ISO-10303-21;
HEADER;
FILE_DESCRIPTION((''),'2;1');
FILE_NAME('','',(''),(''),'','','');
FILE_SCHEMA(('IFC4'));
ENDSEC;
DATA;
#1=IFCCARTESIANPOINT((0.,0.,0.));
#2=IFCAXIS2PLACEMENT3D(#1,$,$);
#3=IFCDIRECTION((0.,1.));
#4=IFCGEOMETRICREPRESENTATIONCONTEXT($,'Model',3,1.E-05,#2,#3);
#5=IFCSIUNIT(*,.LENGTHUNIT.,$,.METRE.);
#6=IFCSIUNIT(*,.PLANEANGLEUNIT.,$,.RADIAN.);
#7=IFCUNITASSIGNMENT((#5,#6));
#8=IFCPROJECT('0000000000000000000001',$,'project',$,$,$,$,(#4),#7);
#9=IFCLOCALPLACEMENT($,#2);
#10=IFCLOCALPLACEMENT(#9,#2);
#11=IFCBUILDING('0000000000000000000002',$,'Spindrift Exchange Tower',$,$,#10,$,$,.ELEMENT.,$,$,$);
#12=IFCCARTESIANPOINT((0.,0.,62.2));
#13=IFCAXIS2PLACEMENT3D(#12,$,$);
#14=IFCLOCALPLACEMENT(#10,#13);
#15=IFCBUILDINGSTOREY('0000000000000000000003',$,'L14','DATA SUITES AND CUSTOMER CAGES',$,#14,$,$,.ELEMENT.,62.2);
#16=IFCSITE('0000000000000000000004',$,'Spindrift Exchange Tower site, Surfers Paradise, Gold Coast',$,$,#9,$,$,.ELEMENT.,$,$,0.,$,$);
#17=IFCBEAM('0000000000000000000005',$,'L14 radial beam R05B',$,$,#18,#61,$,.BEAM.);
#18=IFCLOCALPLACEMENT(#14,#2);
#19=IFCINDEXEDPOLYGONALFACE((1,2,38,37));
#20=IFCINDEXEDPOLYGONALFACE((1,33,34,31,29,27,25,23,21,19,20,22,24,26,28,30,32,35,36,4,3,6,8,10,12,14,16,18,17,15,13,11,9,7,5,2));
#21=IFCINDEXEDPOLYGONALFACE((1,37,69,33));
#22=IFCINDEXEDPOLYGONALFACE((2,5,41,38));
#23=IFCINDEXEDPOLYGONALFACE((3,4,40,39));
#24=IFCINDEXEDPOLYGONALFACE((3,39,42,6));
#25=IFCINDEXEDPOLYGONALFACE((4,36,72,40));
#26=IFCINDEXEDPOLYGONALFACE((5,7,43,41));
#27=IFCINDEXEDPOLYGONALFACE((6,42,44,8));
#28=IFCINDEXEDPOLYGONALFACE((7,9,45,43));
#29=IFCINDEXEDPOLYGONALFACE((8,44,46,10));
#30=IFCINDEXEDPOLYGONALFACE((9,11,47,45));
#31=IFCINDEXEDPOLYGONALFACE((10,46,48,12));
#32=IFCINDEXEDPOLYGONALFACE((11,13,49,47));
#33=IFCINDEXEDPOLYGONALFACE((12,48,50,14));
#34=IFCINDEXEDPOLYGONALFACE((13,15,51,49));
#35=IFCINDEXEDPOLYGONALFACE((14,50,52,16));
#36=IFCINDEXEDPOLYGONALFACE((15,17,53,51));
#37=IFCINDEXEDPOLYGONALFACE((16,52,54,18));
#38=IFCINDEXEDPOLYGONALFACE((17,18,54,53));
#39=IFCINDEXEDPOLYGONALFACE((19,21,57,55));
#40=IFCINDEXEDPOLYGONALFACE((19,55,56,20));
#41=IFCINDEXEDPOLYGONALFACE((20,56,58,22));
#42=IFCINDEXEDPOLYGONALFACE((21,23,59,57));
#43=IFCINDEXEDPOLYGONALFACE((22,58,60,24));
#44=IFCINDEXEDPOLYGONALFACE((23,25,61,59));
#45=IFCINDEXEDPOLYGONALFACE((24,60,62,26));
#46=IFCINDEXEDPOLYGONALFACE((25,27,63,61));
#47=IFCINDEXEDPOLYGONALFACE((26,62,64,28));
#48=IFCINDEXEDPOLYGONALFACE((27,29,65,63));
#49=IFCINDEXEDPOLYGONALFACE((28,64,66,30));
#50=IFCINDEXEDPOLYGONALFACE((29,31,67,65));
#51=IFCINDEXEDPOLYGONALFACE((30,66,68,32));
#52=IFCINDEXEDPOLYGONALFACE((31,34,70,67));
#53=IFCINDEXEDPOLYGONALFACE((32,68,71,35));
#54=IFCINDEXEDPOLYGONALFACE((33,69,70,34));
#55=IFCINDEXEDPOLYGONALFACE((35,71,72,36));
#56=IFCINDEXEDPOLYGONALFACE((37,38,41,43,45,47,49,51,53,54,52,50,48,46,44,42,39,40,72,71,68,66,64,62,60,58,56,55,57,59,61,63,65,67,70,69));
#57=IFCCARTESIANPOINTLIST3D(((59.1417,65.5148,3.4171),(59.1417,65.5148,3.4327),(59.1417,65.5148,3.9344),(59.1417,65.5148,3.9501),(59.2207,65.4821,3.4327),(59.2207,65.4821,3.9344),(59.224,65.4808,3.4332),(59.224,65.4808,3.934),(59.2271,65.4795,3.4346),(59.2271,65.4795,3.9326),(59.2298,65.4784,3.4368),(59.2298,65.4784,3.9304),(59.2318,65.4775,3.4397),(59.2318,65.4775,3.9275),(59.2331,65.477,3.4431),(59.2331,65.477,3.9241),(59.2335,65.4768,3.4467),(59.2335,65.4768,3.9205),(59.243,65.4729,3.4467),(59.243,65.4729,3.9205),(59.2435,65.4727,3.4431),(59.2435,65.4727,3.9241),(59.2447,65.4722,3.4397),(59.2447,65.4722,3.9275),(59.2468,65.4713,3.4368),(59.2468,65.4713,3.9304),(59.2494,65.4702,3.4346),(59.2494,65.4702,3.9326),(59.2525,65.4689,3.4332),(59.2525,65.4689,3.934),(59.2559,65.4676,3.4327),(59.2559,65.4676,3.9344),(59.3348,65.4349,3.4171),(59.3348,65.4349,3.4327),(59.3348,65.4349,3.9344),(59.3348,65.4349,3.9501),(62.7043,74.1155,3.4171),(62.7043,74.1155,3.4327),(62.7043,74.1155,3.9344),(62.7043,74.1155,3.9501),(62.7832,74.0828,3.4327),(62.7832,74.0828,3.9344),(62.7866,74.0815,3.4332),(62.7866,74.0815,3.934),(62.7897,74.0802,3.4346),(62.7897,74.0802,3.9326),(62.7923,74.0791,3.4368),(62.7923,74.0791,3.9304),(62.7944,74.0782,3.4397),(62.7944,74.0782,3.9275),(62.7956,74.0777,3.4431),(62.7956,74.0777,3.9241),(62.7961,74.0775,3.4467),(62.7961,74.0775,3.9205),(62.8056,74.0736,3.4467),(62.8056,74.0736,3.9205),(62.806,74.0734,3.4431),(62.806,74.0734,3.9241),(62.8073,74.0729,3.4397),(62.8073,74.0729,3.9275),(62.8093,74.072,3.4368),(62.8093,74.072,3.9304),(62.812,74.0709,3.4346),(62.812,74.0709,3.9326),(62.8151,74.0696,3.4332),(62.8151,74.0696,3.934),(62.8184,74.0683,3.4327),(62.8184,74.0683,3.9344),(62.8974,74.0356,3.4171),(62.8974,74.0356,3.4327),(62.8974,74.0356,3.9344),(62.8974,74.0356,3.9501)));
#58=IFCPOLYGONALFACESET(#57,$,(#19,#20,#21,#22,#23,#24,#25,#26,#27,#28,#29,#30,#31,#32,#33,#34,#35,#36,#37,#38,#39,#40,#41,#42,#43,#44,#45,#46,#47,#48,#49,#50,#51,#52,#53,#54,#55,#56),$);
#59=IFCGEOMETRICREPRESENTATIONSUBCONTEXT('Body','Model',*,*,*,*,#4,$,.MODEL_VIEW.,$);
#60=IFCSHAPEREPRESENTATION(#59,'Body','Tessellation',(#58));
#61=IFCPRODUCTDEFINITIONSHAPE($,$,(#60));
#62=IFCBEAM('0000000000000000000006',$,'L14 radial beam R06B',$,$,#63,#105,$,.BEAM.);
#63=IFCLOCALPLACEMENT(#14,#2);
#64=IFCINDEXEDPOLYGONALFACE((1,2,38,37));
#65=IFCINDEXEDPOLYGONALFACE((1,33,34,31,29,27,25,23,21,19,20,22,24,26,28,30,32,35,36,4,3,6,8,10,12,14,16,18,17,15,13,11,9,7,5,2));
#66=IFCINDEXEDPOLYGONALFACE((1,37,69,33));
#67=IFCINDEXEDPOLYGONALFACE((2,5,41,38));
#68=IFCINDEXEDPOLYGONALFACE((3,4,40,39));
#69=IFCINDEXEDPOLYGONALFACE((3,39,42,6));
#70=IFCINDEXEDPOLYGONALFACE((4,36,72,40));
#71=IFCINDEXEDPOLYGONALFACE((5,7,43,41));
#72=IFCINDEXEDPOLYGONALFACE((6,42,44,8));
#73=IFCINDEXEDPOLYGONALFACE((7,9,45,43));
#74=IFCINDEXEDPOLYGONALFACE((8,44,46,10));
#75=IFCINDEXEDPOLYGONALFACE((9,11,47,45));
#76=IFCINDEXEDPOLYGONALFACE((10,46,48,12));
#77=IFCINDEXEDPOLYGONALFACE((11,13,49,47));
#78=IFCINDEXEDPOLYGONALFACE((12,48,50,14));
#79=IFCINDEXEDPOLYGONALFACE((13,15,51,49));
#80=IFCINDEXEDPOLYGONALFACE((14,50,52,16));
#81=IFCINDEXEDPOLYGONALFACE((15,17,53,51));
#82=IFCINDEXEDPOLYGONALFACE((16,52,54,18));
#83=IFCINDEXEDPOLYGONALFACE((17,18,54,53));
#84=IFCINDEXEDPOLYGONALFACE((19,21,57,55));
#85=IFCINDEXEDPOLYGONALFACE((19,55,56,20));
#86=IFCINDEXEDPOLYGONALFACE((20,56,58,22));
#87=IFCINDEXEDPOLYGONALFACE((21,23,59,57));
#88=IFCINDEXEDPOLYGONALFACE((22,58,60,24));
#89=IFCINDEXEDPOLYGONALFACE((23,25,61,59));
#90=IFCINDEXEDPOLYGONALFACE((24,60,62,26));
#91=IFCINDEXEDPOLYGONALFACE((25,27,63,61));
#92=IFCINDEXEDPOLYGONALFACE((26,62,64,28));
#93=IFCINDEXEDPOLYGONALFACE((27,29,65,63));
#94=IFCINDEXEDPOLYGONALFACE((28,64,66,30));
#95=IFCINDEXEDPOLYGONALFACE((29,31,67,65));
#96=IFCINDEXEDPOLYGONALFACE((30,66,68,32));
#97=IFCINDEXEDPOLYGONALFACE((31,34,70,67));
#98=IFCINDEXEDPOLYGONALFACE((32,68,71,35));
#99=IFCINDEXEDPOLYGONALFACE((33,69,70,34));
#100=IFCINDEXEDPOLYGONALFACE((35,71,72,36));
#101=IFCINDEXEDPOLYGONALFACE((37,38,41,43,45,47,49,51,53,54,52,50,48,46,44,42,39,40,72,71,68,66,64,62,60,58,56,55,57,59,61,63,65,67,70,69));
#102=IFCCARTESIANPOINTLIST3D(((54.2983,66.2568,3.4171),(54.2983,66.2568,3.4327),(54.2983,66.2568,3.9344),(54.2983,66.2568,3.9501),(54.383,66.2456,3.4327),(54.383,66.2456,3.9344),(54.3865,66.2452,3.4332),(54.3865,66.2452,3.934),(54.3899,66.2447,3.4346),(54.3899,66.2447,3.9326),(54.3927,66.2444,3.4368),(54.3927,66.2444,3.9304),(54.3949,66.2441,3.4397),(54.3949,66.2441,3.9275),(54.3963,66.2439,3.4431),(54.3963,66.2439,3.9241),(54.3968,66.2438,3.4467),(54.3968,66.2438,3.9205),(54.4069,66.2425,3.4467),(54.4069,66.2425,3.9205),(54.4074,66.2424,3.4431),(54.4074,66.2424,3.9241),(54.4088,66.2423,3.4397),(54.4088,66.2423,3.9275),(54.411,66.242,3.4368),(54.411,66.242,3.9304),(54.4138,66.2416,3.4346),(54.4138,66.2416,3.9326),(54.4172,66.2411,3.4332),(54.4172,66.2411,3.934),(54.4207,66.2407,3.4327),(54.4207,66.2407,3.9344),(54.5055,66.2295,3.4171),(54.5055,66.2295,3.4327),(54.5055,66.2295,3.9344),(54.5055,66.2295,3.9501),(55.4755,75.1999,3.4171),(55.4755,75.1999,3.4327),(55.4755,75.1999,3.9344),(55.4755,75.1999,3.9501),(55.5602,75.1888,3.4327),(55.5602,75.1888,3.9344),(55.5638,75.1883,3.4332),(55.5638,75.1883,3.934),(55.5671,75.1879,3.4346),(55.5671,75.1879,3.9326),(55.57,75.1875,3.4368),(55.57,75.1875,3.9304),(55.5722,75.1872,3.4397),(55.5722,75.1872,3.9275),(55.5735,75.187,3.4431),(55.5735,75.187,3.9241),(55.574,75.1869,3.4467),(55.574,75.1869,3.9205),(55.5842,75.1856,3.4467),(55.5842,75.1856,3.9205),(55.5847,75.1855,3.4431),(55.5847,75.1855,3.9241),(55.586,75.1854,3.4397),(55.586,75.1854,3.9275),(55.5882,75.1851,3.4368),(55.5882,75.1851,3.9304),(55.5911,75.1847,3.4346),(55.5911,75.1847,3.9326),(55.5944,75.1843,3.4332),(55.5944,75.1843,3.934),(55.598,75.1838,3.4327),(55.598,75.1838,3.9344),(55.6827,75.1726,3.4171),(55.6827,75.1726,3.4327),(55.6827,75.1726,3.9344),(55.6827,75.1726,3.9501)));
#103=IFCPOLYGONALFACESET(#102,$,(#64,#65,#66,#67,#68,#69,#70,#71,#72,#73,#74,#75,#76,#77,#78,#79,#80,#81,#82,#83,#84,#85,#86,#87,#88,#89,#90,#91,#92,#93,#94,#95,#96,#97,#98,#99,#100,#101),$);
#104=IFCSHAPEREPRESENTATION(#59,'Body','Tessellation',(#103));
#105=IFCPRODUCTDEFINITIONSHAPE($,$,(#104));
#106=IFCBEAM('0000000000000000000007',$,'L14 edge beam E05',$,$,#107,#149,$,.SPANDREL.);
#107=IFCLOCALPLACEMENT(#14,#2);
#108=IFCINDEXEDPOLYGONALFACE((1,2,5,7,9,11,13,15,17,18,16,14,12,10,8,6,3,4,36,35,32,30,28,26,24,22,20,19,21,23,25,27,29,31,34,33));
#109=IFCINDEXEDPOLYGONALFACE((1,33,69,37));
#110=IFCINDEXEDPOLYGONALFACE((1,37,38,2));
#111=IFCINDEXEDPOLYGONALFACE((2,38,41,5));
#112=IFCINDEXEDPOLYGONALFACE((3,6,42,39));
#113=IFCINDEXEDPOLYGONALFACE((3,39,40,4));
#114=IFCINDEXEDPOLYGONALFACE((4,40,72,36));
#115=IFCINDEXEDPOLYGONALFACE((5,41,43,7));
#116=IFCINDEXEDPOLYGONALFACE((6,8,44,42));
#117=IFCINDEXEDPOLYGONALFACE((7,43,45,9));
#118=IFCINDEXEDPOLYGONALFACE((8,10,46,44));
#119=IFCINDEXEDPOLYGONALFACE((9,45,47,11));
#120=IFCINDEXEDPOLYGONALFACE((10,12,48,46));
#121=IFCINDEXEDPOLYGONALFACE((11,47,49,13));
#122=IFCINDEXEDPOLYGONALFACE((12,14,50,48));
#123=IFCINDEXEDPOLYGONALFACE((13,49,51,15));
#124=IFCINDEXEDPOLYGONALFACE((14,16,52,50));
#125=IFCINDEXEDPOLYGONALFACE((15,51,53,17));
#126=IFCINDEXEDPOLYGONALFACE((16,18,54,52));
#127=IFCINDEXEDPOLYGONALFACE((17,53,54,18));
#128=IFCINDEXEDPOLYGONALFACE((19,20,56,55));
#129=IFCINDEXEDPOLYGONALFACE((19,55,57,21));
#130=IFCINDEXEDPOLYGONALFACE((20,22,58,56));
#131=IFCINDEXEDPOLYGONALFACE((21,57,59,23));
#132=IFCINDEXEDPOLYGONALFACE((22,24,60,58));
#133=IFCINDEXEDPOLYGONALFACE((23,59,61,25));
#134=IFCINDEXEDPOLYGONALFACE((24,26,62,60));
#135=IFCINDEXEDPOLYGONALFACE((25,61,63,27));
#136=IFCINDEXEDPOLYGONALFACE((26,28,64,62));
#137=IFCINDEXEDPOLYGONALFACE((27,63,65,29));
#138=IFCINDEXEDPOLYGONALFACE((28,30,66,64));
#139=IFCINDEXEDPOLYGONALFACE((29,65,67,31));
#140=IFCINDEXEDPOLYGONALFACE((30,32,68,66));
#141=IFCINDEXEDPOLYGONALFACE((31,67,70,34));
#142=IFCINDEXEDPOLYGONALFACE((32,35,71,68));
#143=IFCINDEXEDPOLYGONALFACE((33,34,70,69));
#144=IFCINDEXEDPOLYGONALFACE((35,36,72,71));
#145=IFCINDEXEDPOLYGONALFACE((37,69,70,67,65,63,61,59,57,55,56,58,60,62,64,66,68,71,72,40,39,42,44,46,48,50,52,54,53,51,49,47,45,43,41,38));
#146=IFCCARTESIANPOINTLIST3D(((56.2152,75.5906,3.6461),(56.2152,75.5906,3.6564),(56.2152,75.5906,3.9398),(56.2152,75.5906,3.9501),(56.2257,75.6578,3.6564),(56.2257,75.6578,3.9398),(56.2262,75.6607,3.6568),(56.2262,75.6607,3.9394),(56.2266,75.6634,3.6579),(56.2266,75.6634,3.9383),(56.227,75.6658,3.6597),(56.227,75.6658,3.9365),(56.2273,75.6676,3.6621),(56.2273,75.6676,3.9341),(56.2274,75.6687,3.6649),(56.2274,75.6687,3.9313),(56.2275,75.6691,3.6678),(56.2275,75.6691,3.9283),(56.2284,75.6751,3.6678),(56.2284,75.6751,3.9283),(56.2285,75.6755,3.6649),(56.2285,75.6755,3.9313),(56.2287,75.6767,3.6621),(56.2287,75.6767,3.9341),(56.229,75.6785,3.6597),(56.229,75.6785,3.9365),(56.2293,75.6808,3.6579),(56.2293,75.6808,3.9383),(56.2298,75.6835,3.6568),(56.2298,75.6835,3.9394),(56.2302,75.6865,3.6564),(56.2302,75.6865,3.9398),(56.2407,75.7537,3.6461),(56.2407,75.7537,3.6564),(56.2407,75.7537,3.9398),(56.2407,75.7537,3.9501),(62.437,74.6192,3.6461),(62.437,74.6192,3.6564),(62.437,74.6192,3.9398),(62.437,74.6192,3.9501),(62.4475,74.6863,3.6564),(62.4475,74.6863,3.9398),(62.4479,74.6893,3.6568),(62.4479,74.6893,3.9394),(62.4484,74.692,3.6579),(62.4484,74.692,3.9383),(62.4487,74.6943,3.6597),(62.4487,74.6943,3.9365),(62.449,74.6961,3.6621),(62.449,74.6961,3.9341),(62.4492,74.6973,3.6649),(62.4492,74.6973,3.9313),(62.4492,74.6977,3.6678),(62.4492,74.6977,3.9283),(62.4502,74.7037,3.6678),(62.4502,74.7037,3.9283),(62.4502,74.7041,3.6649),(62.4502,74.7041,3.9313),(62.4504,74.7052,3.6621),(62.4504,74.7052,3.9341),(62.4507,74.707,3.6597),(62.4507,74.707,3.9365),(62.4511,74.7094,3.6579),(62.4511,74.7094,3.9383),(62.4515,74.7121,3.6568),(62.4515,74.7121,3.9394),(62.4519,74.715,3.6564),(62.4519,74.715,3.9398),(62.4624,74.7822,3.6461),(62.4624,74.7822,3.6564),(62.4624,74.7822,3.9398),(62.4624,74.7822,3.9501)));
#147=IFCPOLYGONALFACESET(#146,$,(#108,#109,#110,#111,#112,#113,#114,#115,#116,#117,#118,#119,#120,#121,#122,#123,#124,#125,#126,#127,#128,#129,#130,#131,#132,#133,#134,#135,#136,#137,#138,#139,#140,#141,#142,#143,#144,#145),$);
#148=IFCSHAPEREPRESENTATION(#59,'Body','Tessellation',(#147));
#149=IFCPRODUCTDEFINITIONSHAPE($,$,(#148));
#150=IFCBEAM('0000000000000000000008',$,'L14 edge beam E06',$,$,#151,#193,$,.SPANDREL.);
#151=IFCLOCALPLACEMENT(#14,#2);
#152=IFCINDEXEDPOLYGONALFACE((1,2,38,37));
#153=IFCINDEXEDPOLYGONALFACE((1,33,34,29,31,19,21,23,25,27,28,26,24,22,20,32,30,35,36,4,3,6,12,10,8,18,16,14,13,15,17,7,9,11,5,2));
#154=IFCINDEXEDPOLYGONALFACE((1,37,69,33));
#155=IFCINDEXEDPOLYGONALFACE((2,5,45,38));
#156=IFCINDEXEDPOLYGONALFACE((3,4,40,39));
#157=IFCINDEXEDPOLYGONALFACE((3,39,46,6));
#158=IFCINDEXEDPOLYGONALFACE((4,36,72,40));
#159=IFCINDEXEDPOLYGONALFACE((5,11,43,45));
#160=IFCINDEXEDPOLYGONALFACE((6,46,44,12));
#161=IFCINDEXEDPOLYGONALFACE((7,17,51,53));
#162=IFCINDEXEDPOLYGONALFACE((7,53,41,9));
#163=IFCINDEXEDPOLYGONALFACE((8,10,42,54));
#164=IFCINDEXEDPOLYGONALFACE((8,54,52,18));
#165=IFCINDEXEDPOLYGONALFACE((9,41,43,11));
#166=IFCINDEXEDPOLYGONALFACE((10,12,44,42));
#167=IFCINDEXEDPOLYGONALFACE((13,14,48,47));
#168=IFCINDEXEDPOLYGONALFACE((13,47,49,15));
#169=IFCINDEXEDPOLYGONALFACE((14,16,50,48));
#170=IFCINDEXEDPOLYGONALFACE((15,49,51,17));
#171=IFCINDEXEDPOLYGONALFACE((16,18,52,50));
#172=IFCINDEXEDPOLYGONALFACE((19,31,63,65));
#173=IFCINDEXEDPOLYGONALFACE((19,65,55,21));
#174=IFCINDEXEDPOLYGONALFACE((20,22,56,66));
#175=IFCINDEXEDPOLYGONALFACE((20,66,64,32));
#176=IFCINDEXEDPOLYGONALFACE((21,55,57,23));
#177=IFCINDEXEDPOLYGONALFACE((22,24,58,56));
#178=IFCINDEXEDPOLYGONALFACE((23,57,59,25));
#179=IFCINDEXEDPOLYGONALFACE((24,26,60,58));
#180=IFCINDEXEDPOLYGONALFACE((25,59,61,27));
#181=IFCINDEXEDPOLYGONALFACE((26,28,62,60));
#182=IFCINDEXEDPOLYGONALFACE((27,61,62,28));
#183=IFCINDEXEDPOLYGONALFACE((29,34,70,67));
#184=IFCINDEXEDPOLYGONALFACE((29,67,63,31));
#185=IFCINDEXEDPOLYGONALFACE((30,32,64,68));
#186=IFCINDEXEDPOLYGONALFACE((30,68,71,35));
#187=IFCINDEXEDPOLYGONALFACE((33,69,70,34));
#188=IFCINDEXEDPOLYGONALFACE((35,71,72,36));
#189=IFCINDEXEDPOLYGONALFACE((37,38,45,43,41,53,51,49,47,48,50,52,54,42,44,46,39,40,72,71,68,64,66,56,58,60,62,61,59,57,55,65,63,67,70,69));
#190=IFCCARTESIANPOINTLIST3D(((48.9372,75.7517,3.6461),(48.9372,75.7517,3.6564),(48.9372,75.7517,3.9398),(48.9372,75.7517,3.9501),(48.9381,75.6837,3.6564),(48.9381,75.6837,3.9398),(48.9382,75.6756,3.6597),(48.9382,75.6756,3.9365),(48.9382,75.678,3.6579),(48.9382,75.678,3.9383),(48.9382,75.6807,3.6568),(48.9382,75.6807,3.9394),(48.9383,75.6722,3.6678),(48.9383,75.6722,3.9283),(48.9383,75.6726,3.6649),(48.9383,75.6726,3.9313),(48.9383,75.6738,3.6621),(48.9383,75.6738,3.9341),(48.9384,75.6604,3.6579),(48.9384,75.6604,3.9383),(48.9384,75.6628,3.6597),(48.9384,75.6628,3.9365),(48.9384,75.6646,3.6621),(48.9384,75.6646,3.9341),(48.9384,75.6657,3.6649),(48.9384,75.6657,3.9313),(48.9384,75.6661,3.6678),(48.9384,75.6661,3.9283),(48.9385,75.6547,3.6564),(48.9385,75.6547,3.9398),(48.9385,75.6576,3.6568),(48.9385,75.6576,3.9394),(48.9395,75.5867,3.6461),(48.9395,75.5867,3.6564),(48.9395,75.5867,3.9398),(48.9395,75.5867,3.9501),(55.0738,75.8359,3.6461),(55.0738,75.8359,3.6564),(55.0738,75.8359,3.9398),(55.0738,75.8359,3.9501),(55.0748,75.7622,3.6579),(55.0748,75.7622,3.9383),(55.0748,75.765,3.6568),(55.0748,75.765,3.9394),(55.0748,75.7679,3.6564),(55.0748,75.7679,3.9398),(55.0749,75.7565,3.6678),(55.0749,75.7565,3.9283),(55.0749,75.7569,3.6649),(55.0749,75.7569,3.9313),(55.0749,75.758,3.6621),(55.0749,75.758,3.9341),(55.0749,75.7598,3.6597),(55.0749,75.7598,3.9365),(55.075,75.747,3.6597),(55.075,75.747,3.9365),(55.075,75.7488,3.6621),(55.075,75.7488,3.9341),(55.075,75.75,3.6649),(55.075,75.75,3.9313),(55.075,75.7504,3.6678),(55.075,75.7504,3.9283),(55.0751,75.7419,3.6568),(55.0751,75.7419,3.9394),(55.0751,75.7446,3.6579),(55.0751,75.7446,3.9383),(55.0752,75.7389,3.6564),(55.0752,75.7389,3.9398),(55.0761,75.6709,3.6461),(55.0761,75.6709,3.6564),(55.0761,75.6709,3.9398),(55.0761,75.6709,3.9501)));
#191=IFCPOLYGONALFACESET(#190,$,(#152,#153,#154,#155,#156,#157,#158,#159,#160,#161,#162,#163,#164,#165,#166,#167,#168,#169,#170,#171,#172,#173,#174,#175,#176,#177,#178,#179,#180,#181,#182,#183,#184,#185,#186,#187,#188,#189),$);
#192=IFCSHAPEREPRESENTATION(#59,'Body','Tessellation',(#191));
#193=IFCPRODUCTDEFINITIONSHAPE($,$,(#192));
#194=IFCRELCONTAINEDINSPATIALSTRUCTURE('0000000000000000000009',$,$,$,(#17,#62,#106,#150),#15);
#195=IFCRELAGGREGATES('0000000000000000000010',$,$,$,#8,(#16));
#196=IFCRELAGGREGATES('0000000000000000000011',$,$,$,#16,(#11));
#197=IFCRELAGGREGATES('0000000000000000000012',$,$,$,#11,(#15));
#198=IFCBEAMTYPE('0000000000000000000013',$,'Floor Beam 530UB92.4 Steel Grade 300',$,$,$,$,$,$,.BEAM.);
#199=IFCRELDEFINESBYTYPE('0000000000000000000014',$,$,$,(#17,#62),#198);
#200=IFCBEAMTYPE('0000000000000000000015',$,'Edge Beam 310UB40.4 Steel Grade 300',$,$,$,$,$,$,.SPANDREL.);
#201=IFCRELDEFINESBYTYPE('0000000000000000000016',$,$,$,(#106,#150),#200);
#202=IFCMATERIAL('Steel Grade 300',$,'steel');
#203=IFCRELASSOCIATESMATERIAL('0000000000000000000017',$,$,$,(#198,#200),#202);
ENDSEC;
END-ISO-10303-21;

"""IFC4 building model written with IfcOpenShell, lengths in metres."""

from ifc_helpers import new_model, si_unit, direction, frame, origin, origin_2d, place, context, subcontext, project, spatial, i_section, extrude, source, transform, mapped, material, material_profile, profile_set, type_object, element, save


model = new_model("IFC4")

# Units and contexts
model_context = context("Model", 3, precision=1e-05, world=origin(), true_north=direction((0.0, 1.0)))
body_context = subcontext(model_context, "Body", "Model", "MODEL_VIEW")
ifc_project = project(units=[si_unit("LENGTHUNIT", "METRE"), si_unit("PLANEANGLEUNIT", "RADIAN")], contexts=[model_context])

# Site, building, storey
site_placement = place(None, origin())
site = spatial("IfcSite", under=ifc_project, at=site_placement, Name="Spindrift Exchange Tower site, Surfers Paradise, Gold Coast", CompositionType="ELEMENT", RefElevation=0.0)
building_placement = place(site_placement, origin())
building = spatial("IfcBuilding", under=site, at=building_placement, Name="Spindrift Exchange Tower", CompositionType="ELEMENT")
storey_placement = place(building_placement, frame((0.0, 0.0, 62.2)))
storey = spatial("IfcBuildingStorey", under=building, at=storey_placement, Name="L14", Description="DATA SUITES AND CUSTOMER CAGES", CompositionType="ELEMENT", Elevation=62.2)

# Beams
ifc_material_1 = material(Name="Steel Grade 300", Category="steel")
ifc_material_profile_1 = material_profile(ifc_material_1, i_section(OverallWidth=0.209, OverallDepth=0.533, WebThickness=0.0103, FlangeThickness=0.0156, FilletRadius=0.0139, at=origin_2d()), Name="530UB92.4")
ifc_profile_set_1 = profile_set([ifc_material_profile_1], Name="Steel Grade 300")
beam_type_1 = type_object("IfcBeamType", Name="Floor Beam 530UB92.4 Steel Grade 300", PredefinedType="BEAM", material=ifc_profile_set_1)
shared_shape_1 = source(origin(), body_context, "Body", "SweptSolid", [
    extrude(i_section(OverallWidth=0.209, OverallDepth=0.533, WebThickness=0.0103, FlangeThickness=0.0156, FilletRadius=0.0139, at=origin_2d()), origin(), (0.0, 0.0, 1.0), 9.3093),
])
beam_1_placement = place(storey_placement, frame((59.2383, 65.4749, 3.6836), z_axis=(0.382685, 0.923879, 0.0), x_axis=(-0.923879, 0.382685, 0.0)))
element("IfcBeam", 1, at=beam_1_placement, inside=storey, type_object=beam_type_1, Name="L14 radial beam R05B", PredefinedType="BEAM", context=body_context, shape_type="MappedRepresentation", body=[
    mapped(shared_shape_1, transform((0.0, 0.0, 0.0), scale=1.0)),
])
shared_shape_2 = source(origin(), body_context, "Body", "SweptSolid", [
    extrude(i_section(OverallWidth=0.209, OverallDepth=0.533, WebThickness=0.0103, FlangeThickness=0.0156, FilletRadius=0.0139, at=origin_2d()), origin(), (0.0, 0.0, 1.0), 9.0203),
])
beam_2_placement = place(storey_placement, frame((54.4019, 66.2432, 3.6836), z_axis=(0.130511, 0.991447, 0.0), x_axis=(-0.991447, 0.130511, 0.0)))
element("IfcBeam", 2, at=beam_2_placement, inside=storey, type_object=beam_type_1, Name="L14 radial beam R06B", PredefinedType="BEAM", context=body_context, shape_type="MappedRepresentation", body=[
    mapped(shared_shape_2, transform((0.0, 0.0, 0.0), scale=1.0)),
])
ifc_material_profile_2 = material_profile(ifc_material_1, i_section(OverallWidth=0.165, OverallDepth=0.304, WebThickness=0.0061, FlangeThickness=0.0103, FilletRadius=0.0115, at=origin_2d()), Name="310UB40.4")
ifc_profile_set_2 = profile_set([ifc_material_profile_2], Name="Steel Grade 300")
beam_type_2 = type_object("IfcBeamType", Name="Edge Beam 310UB40.4 Steel Grade 300", PredefinedType="SPANDREL", material=ifc_profile_set_2)
shared_shape_3 = source(origin(), body_context, "Body", "SweptSolid", [
    extrude(i_section(OverallWidth=0.165, OverallDepth=0.304, WebThickness=0.0061, FlangeThickness=0.0103, FilletRadius=0.0115, at=origin_2d()), origin(), (0.0, 0.0, 1.0), 6.2971),
])
beam_3_placement = place(storey_placement, frame((62.4497, 74.7007, 3.7981), z_axis=(-0.988029, 0.154268, 0.0), x_axis=(-0.154268, -0.988029, 0.0)))
element("IfcBeam", 3, at=beam_3_placement, inside=storey, type_object=beam_type_2, Name="L14 edge beam E05", PredefinedType="SPANDREL", context=body_context, shape_type="MappedRepresentation", body=[
    mapped(shared_shape_3, transform((0.0, 0.0, 0.0), scale=1.0)),
])
shared_shape_4 = source(origin(), body_context, "Body", "SweptSolid", [
    extrude(i_section(OverallWidth=0.165, OverallDepth=0.304, WebThickness=0.0061, FlangeThickness=0.0103, FilletRadius=0.0115, at=origin_2d()), origin(), (0.0, 0.0, 1.0), 6.1372),
])
beam_4_placement = place(storey_placement, frame((55.075, 75.7534, 3.7981), z_axis=(-0.999906, -0.013724, 0.0), x_axis=(0.013724, -0.999906, 0.0)))
element("IfcBeam", 4, at=beam_4_placement, inside=storey, type_object=beam_type_2, Name="L14 edge beam E06", PredefinedType="SPANDREL", context=body_context, shape_type="MappedRepresentation", body=[
    mapped(shared_shape_4, transform((0.0, 0.0, 0.0), scale=1.0)),
])

save(model, "model.ifc")
